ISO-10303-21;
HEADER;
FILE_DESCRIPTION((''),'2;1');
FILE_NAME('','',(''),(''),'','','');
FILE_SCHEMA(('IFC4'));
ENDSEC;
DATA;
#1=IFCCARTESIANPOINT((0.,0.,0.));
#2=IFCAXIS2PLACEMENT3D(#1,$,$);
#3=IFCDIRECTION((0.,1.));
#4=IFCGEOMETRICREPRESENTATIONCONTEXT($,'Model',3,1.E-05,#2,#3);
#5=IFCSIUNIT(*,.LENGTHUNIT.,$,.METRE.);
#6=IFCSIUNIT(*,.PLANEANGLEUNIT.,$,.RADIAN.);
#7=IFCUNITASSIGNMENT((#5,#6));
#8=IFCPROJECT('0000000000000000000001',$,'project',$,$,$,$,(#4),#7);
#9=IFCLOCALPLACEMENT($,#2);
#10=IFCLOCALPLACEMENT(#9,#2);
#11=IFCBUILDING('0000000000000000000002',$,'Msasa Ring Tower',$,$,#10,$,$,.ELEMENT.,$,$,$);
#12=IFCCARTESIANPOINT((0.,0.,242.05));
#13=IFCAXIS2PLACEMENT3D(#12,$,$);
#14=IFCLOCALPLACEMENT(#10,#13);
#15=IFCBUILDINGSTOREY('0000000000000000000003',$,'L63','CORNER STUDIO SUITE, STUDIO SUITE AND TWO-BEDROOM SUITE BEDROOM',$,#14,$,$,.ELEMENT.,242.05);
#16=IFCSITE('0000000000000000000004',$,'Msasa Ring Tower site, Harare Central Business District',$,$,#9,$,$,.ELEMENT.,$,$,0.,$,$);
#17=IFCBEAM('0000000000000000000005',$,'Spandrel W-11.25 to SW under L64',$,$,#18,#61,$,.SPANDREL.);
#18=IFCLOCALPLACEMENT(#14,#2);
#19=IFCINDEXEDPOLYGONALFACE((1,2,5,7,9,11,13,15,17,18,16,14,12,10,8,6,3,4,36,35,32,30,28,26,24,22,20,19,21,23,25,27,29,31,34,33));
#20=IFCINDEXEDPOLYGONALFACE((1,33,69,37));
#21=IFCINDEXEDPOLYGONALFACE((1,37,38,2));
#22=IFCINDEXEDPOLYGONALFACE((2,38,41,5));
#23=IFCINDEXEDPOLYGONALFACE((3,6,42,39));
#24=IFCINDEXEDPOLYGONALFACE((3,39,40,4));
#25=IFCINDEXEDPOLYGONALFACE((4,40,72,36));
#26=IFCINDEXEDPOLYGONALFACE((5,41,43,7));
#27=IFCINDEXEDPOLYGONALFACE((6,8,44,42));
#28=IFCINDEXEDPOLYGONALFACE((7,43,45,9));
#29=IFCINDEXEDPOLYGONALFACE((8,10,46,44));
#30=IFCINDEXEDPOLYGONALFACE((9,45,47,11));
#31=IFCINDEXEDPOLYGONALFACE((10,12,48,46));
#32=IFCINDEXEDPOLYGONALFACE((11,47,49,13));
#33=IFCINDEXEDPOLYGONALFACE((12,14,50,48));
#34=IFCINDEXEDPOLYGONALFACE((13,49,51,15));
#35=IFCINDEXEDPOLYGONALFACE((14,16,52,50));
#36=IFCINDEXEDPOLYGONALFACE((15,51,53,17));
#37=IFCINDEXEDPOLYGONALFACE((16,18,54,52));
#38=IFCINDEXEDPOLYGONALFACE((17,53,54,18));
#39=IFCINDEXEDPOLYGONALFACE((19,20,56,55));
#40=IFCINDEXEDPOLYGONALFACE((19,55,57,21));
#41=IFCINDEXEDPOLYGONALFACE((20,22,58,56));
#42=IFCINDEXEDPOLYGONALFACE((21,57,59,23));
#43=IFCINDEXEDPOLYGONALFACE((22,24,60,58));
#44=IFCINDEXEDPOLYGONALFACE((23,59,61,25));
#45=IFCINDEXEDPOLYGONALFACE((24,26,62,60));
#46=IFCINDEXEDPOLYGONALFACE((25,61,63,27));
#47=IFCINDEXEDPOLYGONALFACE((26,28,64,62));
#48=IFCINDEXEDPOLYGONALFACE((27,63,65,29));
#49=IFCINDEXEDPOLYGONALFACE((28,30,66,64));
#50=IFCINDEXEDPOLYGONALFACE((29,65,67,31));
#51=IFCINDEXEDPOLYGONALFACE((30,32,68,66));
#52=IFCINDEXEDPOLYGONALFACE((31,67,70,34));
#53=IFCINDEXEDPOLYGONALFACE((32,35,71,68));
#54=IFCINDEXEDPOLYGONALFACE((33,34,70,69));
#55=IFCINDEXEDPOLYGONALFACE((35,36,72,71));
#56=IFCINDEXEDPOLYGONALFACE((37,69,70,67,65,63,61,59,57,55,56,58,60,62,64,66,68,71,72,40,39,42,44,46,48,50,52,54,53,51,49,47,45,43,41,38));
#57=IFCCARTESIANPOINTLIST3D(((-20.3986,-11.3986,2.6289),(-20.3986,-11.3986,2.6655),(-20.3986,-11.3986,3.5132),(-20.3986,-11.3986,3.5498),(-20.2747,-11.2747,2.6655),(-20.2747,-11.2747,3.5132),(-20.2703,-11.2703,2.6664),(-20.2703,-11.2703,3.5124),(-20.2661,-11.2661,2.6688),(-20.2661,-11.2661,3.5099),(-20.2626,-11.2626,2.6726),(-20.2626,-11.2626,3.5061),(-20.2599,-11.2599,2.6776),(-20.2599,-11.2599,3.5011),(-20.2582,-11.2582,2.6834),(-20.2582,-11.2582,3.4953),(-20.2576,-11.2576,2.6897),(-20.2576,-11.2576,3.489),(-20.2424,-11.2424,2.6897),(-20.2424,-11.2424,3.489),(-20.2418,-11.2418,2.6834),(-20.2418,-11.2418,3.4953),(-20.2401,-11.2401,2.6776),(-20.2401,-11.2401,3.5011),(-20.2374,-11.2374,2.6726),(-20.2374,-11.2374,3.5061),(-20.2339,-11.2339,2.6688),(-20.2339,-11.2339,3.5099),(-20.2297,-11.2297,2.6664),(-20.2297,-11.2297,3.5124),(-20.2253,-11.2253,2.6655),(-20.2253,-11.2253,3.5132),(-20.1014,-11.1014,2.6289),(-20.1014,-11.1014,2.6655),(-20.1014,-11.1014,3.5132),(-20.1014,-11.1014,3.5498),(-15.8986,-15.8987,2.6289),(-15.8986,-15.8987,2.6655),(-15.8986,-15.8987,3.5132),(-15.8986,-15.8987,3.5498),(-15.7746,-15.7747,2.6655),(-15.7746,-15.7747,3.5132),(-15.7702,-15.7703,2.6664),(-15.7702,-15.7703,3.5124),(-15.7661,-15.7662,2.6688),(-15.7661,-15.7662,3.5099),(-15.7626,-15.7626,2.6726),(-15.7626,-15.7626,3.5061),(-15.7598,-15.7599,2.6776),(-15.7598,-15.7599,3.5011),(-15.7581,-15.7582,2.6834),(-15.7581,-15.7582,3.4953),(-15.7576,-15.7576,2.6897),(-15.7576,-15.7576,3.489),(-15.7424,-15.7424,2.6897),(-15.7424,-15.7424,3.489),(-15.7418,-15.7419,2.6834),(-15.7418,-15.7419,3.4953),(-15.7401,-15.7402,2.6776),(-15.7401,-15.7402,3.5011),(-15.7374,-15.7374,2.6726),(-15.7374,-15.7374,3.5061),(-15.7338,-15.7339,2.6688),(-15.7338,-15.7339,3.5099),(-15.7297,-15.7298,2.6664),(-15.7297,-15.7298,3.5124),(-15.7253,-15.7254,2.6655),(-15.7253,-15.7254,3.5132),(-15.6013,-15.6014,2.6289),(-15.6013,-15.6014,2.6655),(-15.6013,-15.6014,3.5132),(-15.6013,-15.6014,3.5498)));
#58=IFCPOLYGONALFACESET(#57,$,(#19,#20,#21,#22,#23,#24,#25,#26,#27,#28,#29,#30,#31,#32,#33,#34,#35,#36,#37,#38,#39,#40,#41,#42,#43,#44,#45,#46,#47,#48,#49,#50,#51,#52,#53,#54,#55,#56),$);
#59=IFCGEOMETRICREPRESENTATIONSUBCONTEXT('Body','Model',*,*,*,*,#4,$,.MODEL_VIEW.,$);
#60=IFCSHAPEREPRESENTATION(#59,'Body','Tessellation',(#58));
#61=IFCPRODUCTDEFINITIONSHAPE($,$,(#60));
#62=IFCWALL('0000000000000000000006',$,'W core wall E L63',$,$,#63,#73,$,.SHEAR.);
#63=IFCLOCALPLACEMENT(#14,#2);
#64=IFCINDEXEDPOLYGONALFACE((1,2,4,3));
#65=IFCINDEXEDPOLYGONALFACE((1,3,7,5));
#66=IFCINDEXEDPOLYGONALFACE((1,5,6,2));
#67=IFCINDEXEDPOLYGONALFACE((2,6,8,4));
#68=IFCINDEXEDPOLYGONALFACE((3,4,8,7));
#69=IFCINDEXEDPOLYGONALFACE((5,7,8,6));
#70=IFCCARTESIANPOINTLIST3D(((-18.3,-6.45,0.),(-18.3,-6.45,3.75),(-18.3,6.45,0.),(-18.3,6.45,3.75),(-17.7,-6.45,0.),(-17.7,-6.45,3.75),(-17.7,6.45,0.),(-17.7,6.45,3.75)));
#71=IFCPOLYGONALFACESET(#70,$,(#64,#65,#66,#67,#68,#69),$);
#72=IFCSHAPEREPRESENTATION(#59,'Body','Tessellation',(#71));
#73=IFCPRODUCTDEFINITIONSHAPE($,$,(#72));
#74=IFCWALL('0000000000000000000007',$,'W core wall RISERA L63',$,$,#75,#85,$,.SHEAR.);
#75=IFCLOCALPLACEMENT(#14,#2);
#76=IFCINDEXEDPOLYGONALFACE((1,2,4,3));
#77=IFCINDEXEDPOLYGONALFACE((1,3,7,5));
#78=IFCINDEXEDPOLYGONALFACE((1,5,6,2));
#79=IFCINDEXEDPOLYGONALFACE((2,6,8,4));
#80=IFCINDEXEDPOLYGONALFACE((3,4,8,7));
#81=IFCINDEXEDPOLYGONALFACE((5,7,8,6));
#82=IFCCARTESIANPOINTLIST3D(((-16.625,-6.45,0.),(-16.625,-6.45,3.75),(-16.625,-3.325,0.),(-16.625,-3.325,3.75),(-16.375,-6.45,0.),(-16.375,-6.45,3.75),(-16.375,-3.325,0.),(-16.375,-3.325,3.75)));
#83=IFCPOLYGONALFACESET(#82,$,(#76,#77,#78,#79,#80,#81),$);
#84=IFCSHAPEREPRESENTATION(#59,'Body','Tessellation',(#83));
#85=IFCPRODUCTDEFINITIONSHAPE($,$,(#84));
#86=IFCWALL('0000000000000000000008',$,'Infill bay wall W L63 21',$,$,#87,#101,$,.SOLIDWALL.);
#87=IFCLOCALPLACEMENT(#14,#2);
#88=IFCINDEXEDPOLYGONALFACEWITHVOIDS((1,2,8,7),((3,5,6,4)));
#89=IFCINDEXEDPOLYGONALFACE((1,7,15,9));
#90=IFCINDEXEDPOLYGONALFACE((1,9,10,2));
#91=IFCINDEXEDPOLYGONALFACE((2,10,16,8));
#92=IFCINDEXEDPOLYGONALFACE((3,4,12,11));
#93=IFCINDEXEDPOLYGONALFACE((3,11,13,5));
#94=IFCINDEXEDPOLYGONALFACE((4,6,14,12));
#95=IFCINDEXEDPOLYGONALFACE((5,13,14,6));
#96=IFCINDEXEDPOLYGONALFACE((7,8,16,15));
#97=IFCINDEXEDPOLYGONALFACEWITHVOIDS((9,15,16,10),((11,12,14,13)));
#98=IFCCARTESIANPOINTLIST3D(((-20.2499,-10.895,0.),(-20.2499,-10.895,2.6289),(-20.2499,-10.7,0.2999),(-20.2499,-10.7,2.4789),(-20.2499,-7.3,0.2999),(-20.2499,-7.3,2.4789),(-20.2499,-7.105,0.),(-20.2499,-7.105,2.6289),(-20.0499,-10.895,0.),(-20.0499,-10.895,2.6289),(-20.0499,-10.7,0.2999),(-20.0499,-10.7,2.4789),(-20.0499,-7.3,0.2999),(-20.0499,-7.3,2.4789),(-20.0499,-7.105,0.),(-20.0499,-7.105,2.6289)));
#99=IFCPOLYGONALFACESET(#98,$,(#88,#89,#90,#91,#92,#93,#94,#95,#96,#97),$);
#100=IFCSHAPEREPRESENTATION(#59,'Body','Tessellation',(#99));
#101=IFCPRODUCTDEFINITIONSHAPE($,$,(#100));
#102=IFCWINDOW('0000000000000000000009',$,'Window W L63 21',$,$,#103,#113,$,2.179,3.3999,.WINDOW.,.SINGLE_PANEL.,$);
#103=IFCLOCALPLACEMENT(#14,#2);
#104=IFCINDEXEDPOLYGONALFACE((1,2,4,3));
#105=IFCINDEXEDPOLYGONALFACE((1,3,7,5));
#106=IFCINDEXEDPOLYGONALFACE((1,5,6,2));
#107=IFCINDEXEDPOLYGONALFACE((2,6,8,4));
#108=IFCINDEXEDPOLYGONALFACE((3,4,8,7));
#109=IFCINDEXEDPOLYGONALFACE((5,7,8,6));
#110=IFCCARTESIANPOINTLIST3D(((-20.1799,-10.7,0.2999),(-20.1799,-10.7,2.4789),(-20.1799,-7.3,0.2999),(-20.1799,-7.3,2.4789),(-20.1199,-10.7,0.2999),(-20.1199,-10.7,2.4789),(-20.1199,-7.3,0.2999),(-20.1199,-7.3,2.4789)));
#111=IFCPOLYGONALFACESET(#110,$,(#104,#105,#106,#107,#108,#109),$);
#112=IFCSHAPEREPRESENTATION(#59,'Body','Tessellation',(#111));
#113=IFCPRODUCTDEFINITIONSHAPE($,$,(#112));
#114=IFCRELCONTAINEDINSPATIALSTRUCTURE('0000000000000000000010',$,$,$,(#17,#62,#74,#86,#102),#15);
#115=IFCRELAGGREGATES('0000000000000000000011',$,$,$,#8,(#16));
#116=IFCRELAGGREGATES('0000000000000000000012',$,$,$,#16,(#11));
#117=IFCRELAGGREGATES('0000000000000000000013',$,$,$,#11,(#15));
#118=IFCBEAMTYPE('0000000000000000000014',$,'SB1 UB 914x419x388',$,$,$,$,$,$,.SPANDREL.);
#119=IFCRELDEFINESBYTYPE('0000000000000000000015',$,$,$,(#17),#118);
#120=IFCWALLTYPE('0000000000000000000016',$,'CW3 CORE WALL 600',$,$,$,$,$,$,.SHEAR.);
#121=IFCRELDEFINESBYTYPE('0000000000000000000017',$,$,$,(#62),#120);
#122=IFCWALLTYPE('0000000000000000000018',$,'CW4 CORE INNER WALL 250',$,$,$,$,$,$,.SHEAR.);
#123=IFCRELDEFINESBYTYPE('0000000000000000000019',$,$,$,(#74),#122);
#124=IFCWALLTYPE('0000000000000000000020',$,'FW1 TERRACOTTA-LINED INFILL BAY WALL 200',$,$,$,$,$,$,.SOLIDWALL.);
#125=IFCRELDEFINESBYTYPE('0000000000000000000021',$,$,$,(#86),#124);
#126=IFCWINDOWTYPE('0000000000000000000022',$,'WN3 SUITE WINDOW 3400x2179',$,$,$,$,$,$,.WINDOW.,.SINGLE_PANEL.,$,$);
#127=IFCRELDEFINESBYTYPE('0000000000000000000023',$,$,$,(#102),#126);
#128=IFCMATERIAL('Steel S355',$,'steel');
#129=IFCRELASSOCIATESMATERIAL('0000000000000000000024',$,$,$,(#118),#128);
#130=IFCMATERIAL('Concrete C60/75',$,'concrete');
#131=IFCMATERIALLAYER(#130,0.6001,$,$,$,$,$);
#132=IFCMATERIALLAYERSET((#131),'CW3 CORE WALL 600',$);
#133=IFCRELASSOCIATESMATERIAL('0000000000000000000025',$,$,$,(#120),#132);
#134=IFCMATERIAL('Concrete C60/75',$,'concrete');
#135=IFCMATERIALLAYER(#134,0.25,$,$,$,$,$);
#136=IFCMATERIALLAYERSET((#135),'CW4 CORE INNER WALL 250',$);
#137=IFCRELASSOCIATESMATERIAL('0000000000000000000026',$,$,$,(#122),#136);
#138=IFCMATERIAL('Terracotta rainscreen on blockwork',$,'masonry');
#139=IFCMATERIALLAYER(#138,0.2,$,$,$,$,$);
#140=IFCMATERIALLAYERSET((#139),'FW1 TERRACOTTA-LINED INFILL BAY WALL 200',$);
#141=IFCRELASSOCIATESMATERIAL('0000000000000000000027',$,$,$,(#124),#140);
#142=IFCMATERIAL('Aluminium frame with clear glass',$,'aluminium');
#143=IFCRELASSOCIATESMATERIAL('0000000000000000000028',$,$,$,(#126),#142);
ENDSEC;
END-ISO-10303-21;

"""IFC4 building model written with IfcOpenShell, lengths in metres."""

from ifc_helpers import new_model, si_unit, direction, frame, frame_2d, origin, origin_2d, place, context, subcontext, project, spatial, rectangle, i_section, extrude, material, layer, layer_set, material_profile, profile_set, type_object, element, fill, save


model = new_model("IFC4")

# Units and contexts
model_context = context("Model", 3, precision=1e-05, world=origin(), true_north=direction((0.0, 1.0)))
body_context = subcontext(model_context, "Body", "Model", "MODEL_VIEW")
ifc_project = project(units=[si_unit("LENGTHUNIT", "METRE"), si_unit("PLANEANGLEUNIT", "RADIAN")], contexts=[model_context])

# Site, building, storey
site_placement = place(None, origin())
site = spatial("IfcSite", under=ifc_project, at=site_placement, Name="Msasa Ring Tower site, Harare Central Business District", CompositionType="ELEMENT", RefElevation=0.0)
building_placement = place(site_placement, origin())
building = spatial("IfcBuilding", under=site, at=building_placement, Name="Msasa Ring Tower", CompositionType="ELEMENT")
storey_placement = place(building_placement, frame((0.0, 0.0, 242.05)))
storey = spatial("IfcBuildingStorey", under=building, at=storey_placement, Name="L63", Description="CORNER STUDIO SUITE, STUDIO SUITE AND TWO-BEDROOM SUITE BEDROOM", CompositionType="ELEMENT", Elevation=242.05)

# Beam
ifc_material_1 = material(Name="Steel S355", Category="steel")
ifc_material_profile_1 = material_profile(ifc_material_1, i_section(OverallWidth=0.4204, OverallDepth=0.9209, WebThickness=0.0215, FlangeThickness=0.0366, FilletRadius=0.0242, at=origin_2d()), Name="UB 914x419x388")
ifc_profile_set_1 = profile_set([ifc_material_profile_1], Name="Steel S355")
beam_type_1 = type_object("IfcBeamType", Name="SB1 UB 914x419x388", PredefinedType="SPANDREL", material=ifc_profile_set_1)
beam_1_placement = place(storey_placement, frame((-20.25, -11.25, 3.0894), z_axis=(0.707107, -0.707107, 0.0), x_axis=(0.707107, 0.707107, 0.0)))
element("IfcBeam", 1, at=beam_1_placement, inside=storey, type_object=beam_type_1, Name="Spandrel W-11.25 to SW under L64", PredefinedType="SPANDREL", context=body_context, shape_type="SweptSolid", body=[
    extrude(i_section(OverallWidth=0.4204, OverallDepth=0.9209, WebThickness=0.0215, FlangeThickness=0.0366, FilletRadius=0.0242, at=origin_2d()), origin(), (0.0, 0.0, 1.0), 6.364),
])

# Walls
ifc_material_2 = material(Name="Concrete C60/75", Category="concrete")
ifc_layer_1 = layer(ifc_material_2, 0.6001)
ifc_layer_set_1 = layer_set([ifc_layer_1], Name="CW3 CORE WALL 600")
wall_type_1 = type_object("IfcWallType", Name="CW3 CORE WALL 600", PredefinedType="SHEAR", material=ifc_layer_set_1)
wall_1_placement = place(storey_placement, frame((-18.0, -6.45, 0.0), z_axis=(0.0, 0.0, 1.0), x_axis=(0.0, 1.0, 0.0)))
element("IfcWall", 2, at=wall_1_placement, inside=storey, type_object=wall_type_1, Name="W core wall E L63", PredefinedType="SHEAR", context=body_context, shape_type="SweptSolid", body=[
    extrude(rectangle(XDim=12.8999, YDim=0.6001, at=frame_2d((6.45, 0.0))), origin(), (0.0, 0.0, 1.0), 3.75),
])
ifc_material_3 = material(Name="Concrete C60/75", Category="concrete")
ifc_layer_2 = layer(ifc_material_3, 0.25)
ifc_layer_set_2 = layer_set([ifc_layer_2], Name="CW4 CORE INNER WALL 250")
wall_type_2 = type_object("IfcWallType", Name="CW4 CORE INNER WALL 250", PredefinedType="SHEAR", material=ifc_layer_set_2)
wall_2_placement = place(storey_placement, frame((-16.5, -6.45, 0.0), z_axis=(0.0, 0.0, 1.0), x_axis=(0.0, 1.0, 0.0)))
element("IfcWall", 3, at=wall_2_placement, inside=storey, type_object=wall_type_2, Name="W core wall RISERA L63", PredefinedType="SHEAR", context=body_context, shape_type="SweptSolid", body=[
    extrude(rectangle(XDim=3.125, YDim=0.25, at=frame_2d((1.5625, 0.0))), origin(), (0.0, 0.0, 1.0), 3.75),
])

# Wall, opening, window
ifc_material_4 = material(Name="Terracotta rainscreen on blockwork", Category="masonry")
ifc_layer_3 = layer(ifc_material_4, 0.2)
ifc_layer_set_3 = layer_set([ifc_layer_3], Name="FW1 TERRACOTTA-LINED INFILL BAY WALL 200")
wall_type_3 = type_object("IfcWallType", Name="FW1 TERRACOTTA-LINED INFILL BAY WALL 200", PredefinedType="SOLIDWALL", material=ifc_layer_set_3)
wall_3_placement = place(storey_placement, frame((-20.1499, -10.895, 0.0), z_axis=(0.0, 0.0, 1.0), x_axis=(0.0, 1.0, 0.0)))
wall_3 = element("IfcWall", 4, at=wall_3_placement, inside=storey, type_object=wall_type_3, Name="Infill bay wall W L63 21", PredefinedType="SOLIDWALL", context=body_context, shape_type="SweptSolid", body=[
    extrude(rectangle(XDim=3.79, YDim=0.2, at=frame_2d((1.895, 0.0))), origin(), (0.0, 0.0, 1.0), 2.6289),
])
opening_1_placement = place(wall_3_placement, frame((0.1951, 0.0, 0.3)))
opening_1 = element("IfcOpeningElement", 5, at=opening_1_placement, cuts=wall_3, PredefinedType="OPENING", context=body_context, shape_type="SweptSolid", body=[
    extrude(rectangle(XDim=3.3999, YDim=2.179, at=frame_2d((1.7, 1.0894))), frame((0.0, 0.1099, 0.0), z_axis=(0.0, -1.0, 0.0), x_axis=(1.0, 0.0, 0.0)), (0.0, 0.0, 1.0), 0.22),
])
ifc_material_5 = material(Name="Aluminium frame with clear glass", Category="aluminium")
window_type = type_object("IfcWindowType", Name="WN3 SUITE WINDOW 3400x2179", PartitioningType="SINGLE_PANEL", PredefinedType="WINDOW", material=ifc_material_5)
window_placement = place(opening_1_placement, origin())
window = element("IfcWindow", 6, at=window_placement, inside=storey, type_object=window_type, Name="Window W L63 21", OverallHeight=2.179, OverallWidth=3.3999, PartitioningType="SINGLE_PANEL", PredefinedType="WINDOW", context=body_context, shape_type="SweptSolid", body=[
    extrude(rectangle(XDim=3.3999, YDim=2.179, at=frame_2d((1.7, 1.0894))), frame((0.0, 0.03, 0.0), z_axis=(0.0, -1.0, 0.0), x_axis=(1.0, 0.0, 0.0)), (0.0, 0.0, 1.0), 0.0601),
])
fill(opening_1, window)

save(model, "model.ifc")
